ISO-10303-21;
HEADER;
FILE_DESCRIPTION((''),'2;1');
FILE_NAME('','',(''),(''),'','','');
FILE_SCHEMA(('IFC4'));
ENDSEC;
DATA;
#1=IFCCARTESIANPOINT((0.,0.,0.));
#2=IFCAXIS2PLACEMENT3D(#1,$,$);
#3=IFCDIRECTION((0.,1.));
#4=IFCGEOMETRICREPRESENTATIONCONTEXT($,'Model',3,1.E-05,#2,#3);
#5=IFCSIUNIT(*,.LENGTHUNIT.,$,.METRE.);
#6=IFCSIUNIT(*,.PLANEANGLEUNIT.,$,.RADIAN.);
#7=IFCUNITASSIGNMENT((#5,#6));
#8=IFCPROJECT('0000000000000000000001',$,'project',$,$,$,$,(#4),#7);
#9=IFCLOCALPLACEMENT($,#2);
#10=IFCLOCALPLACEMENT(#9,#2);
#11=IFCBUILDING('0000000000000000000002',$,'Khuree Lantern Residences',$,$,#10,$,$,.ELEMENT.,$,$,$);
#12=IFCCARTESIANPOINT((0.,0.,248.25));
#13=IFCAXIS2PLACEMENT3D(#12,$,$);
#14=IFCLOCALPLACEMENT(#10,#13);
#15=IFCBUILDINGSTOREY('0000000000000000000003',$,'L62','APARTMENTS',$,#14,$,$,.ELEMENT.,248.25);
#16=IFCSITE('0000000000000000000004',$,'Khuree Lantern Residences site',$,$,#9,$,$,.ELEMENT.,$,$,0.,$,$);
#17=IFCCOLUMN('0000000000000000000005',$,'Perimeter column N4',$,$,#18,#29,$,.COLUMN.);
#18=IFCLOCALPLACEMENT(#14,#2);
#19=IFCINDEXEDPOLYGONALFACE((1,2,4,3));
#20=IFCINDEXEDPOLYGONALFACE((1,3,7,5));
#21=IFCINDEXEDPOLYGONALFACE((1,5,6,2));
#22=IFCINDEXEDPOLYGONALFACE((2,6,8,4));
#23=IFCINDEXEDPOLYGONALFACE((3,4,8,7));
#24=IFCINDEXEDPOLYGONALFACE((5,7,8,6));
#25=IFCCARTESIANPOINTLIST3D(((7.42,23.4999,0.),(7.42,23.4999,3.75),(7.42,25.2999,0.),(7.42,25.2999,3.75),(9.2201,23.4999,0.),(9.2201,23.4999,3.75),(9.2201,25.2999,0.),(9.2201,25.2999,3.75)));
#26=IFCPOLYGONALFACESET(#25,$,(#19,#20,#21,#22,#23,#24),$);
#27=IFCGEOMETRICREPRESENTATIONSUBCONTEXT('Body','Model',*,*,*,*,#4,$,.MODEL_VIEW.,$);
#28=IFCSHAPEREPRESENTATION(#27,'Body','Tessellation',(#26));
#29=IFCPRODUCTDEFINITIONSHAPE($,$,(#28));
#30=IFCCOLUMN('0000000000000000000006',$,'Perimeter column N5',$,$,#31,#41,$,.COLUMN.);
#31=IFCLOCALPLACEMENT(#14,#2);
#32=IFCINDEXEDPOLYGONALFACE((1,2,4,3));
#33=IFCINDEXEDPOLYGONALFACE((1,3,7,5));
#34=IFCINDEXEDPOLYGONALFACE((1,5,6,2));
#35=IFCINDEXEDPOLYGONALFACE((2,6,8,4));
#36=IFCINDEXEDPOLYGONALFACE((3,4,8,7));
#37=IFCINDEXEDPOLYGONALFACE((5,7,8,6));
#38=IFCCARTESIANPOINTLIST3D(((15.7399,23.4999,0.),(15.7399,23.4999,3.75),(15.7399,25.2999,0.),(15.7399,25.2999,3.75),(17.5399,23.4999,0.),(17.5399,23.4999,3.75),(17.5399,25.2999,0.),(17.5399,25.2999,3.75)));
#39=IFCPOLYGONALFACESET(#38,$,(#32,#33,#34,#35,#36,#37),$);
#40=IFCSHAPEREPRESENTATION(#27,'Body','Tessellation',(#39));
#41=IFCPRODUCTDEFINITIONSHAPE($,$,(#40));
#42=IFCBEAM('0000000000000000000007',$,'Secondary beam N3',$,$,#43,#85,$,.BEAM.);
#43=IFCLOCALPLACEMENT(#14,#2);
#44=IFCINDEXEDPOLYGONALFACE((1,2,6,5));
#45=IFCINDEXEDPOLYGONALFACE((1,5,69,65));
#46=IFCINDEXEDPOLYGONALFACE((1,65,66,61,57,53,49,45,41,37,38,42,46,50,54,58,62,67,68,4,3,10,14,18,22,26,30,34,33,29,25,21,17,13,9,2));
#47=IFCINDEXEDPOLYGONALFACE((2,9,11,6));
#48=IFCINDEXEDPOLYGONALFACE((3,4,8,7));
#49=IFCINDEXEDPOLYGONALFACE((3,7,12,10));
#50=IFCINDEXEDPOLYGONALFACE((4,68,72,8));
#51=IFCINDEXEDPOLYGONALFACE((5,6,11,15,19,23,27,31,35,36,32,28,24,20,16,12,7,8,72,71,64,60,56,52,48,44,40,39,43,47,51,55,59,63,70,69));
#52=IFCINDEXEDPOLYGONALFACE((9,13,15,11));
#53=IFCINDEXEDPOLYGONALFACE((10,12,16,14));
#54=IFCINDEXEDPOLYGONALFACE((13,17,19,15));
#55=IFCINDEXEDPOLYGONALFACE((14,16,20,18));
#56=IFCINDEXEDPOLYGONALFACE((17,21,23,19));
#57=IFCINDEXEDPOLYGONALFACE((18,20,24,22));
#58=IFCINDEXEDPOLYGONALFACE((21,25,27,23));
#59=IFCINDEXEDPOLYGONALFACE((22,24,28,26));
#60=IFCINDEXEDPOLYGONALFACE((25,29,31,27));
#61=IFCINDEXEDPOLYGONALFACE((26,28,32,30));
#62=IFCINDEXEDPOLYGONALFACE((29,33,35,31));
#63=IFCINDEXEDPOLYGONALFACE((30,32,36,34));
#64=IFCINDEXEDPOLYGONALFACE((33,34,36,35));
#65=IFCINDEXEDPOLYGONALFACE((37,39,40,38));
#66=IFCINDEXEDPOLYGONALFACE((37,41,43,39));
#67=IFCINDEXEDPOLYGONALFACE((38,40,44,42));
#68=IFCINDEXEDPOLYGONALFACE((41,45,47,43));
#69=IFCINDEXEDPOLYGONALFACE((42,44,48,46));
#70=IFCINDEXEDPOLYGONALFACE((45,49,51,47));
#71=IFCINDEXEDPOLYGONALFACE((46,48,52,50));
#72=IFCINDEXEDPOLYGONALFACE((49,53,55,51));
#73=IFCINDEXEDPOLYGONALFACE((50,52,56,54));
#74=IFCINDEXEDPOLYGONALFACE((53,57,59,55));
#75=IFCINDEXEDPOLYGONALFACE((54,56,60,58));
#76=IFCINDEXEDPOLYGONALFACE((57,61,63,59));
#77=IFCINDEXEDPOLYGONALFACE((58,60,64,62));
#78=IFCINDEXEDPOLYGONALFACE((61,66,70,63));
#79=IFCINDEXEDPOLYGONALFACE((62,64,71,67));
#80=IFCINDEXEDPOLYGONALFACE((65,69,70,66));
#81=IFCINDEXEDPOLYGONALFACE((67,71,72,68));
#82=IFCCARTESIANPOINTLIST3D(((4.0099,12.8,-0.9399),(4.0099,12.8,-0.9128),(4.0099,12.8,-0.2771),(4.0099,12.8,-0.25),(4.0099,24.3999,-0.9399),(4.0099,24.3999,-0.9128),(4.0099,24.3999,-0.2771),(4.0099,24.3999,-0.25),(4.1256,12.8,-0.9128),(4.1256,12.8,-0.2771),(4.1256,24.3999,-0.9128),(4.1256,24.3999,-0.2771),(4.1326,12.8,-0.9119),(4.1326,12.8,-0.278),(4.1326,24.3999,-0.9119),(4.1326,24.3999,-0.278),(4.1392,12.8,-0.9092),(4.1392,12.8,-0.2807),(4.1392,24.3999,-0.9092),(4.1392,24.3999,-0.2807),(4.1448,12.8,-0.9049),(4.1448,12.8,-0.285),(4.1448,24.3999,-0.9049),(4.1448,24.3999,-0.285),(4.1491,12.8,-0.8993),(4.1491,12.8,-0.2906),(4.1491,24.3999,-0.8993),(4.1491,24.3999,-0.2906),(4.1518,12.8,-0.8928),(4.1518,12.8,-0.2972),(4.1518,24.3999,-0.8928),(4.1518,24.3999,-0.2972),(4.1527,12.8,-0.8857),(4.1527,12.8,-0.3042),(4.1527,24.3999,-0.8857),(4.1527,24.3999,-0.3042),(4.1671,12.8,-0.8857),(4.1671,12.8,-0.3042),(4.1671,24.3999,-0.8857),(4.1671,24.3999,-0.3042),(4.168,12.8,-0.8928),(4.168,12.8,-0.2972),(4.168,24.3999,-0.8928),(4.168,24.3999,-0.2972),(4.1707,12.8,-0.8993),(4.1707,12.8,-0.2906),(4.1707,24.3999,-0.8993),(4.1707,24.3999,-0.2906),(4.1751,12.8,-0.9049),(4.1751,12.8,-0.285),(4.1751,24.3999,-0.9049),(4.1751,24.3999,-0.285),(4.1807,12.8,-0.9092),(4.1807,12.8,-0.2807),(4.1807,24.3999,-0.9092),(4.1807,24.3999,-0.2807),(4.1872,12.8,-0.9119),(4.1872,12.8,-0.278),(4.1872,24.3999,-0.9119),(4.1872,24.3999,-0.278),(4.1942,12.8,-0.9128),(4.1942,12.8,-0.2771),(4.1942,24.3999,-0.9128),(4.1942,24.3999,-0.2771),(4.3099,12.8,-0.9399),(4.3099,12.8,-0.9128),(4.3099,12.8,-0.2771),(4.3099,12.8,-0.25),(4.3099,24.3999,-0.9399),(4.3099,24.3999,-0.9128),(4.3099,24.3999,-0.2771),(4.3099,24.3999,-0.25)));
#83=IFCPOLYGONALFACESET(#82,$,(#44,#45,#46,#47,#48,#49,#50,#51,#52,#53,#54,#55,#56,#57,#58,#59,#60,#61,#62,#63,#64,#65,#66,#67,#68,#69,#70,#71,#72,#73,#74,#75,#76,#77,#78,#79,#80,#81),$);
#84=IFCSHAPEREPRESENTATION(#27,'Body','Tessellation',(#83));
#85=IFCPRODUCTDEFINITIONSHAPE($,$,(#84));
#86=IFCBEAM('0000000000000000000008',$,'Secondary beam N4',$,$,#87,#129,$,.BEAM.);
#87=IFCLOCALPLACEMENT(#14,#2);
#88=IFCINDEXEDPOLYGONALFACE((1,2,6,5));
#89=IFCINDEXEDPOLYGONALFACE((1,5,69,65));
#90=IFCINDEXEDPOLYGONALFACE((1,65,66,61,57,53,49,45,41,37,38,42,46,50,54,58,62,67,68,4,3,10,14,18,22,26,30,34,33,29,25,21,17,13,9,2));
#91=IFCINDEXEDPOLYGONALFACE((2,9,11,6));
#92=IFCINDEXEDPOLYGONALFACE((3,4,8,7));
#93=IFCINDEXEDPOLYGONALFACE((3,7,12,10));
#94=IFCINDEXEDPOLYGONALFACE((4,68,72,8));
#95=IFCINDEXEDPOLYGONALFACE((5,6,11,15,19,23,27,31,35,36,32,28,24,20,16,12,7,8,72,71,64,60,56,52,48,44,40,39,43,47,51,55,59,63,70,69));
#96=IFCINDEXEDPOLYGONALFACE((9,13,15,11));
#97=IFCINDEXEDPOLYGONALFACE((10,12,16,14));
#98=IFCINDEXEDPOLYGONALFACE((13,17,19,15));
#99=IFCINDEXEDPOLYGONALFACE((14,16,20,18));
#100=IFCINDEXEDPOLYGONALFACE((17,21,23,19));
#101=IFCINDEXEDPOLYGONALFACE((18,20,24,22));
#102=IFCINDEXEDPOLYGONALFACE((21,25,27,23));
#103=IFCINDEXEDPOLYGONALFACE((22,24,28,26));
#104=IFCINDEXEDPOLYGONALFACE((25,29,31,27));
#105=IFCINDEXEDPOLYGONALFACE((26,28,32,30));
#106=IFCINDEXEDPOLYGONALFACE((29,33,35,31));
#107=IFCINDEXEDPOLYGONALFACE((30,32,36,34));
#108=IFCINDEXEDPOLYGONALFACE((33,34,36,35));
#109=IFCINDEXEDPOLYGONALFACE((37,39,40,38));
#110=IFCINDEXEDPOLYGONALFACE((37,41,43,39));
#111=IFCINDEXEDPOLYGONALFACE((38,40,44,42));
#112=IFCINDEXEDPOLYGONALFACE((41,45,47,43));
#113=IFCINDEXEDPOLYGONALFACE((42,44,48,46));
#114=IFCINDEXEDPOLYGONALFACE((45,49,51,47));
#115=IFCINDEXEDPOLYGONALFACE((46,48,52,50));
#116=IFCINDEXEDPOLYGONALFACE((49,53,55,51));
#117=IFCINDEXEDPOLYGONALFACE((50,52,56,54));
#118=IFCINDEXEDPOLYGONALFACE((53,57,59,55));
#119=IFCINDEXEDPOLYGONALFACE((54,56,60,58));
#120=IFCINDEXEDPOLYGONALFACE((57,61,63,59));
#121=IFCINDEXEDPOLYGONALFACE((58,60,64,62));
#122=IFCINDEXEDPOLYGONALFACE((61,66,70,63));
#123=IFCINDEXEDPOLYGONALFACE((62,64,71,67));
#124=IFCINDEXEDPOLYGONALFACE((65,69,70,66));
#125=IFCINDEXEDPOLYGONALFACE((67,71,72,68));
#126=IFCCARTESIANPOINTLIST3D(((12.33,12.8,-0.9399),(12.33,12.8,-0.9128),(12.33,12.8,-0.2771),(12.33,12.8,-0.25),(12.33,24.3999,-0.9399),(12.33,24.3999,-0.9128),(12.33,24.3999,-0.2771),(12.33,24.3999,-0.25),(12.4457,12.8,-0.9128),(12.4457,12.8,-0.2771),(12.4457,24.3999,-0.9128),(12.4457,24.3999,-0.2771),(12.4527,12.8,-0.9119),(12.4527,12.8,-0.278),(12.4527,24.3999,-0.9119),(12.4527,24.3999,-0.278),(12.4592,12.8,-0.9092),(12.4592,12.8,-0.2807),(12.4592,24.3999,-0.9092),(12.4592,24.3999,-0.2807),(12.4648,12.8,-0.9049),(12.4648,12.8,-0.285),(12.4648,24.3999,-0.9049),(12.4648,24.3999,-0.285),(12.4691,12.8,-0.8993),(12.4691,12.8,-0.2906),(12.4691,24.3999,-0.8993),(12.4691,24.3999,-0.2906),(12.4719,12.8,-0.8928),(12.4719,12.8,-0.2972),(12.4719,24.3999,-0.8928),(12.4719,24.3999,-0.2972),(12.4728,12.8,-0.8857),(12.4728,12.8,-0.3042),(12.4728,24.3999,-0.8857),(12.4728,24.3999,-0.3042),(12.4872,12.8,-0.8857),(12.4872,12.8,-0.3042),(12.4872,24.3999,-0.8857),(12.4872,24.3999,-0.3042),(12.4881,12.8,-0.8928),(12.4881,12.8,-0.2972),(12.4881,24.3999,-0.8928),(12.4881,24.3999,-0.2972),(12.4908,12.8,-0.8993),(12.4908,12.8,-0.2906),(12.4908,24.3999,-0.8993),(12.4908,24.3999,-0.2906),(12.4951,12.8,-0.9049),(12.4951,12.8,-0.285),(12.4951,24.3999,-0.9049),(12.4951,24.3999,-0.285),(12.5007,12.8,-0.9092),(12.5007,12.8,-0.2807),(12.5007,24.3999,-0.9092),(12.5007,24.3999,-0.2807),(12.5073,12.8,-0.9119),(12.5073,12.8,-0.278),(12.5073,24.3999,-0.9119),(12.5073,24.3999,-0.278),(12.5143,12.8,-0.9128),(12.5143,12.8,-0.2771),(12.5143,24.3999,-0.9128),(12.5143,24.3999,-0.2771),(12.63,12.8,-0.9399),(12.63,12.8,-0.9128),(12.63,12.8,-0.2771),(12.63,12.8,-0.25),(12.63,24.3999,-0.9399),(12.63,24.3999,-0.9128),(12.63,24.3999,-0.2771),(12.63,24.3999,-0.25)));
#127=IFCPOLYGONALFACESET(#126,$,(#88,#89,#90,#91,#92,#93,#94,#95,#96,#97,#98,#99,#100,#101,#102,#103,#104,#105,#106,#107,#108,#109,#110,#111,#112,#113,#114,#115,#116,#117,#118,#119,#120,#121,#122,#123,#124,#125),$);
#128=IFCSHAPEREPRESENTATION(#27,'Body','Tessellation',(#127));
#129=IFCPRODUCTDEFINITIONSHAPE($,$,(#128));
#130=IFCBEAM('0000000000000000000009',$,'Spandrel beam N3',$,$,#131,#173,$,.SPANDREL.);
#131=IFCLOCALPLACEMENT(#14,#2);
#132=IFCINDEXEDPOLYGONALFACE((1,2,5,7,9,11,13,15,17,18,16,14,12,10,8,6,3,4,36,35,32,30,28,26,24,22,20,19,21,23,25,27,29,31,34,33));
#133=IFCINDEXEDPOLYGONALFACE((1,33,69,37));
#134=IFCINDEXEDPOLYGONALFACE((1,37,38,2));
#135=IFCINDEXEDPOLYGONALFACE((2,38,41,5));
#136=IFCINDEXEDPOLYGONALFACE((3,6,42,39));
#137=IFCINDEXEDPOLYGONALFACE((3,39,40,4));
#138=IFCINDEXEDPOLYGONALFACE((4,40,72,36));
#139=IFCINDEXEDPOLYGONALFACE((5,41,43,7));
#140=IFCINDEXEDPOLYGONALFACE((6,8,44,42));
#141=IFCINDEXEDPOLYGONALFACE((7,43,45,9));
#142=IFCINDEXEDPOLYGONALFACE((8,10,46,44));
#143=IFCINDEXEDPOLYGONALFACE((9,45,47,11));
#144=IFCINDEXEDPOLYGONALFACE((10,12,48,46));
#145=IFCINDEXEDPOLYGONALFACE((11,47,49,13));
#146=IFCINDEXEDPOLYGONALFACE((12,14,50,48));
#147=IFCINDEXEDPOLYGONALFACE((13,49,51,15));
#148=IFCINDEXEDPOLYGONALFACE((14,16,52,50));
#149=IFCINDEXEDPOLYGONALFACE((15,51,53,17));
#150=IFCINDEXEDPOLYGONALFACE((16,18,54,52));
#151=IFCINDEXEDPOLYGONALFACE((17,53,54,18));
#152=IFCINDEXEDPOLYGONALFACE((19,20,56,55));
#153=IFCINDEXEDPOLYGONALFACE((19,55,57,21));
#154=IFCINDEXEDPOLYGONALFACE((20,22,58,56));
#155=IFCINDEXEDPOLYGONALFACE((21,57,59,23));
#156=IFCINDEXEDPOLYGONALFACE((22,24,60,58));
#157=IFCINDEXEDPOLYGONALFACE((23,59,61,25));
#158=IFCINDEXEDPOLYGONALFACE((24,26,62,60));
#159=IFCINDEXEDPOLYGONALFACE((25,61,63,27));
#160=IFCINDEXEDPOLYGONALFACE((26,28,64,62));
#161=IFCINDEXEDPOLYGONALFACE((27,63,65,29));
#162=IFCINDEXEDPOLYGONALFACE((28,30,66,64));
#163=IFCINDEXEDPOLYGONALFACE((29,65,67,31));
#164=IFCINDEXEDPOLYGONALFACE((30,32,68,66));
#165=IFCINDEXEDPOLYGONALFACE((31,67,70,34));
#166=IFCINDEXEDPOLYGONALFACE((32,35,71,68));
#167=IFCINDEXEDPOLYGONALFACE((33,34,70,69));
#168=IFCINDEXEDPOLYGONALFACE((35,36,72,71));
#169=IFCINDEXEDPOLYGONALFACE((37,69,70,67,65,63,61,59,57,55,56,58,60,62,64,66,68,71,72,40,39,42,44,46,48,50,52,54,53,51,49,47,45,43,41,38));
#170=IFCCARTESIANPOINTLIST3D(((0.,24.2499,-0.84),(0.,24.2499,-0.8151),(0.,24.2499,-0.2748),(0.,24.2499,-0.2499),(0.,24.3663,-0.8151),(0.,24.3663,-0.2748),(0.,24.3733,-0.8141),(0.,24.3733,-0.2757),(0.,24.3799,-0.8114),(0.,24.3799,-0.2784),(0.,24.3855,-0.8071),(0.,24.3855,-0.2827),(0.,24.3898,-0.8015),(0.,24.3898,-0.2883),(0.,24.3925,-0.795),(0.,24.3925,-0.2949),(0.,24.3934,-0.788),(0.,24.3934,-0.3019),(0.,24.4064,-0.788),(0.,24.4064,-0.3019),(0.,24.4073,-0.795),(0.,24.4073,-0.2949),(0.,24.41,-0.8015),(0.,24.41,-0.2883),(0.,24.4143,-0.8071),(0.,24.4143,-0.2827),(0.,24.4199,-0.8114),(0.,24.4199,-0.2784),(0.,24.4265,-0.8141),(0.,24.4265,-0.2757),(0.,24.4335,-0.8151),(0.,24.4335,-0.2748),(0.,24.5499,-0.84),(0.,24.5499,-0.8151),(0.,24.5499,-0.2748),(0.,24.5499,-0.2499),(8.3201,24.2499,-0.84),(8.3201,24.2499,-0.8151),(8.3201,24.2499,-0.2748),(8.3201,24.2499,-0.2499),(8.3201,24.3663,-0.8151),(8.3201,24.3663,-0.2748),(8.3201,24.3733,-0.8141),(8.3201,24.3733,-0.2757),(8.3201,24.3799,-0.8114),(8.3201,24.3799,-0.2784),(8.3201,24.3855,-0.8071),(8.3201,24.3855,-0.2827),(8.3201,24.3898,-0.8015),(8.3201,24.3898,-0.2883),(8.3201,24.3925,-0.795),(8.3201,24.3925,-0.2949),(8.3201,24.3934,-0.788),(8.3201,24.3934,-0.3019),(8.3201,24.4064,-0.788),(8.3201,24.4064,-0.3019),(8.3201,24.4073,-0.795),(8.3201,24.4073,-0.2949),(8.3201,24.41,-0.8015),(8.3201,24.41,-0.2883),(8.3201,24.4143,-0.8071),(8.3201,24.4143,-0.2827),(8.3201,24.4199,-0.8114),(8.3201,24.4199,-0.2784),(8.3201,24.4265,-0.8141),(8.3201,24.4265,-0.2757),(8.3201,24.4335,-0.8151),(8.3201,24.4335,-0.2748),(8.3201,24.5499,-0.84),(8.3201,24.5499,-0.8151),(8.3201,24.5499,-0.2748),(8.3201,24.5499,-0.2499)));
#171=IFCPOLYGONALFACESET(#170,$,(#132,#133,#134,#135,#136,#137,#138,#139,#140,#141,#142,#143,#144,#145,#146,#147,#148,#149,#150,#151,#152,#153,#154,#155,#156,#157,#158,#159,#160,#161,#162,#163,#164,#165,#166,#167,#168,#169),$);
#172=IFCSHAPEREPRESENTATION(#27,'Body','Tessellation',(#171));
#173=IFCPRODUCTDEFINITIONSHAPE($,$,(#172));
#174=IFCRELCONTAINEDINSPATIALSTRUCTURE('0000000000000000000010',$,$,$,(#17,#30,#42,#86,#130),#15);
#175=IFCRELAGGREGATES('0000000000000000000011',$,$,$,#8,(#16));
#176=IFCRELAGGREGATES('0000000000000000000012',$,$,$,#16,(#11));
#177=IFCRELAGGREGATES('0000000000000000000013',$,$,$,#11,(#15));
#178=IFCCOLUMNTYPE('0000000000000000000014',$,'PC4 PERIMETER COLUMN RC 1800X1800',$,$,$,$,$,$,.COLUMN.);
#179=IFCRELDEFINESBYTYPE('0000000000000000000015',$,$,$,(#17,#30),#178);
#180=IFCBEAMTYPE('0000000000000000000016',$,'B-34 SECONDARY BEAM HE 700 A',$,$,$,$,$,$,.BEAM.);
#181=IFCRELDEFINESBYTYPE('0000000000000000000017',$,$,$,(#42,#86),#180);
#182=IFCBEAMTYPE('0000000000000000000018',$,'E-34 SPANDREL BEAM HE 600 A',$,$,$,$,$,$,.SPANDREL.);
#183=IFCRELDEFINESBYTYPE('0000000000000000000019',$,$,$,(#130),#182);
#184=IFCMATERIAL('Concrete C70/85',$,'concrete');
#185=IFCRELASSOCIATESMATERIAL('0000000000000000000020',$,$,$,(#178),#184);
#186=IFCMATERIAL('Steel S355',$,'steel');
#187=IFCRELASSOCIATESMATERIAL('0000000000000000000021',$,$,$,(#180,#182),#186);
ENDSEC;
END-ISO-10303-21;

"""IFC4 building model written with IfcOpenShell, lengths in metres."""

from ifc_helpers import new_model, si_unit, direction, frame, origin, origin_2d, place, context, subcontext, project, spatial, rectangle, i_section, extrude, material, material_profile, profile_set, type_object, element, save


model = new_model("IFC4")

# Units and contexts
model_context = context("Model", 3, precision=1e-05, world=origin(), true_north=direction((0.0, 1.0)))
body_context = subcontext(model_context, "Body", "Model", "MODEL_VIEW")
ifc_project = project(units=[si_unit("LENGTHUNIT", "METRE"), si_unit("PLANEANGLEUNIT", "RADIAN")], contexts=[model_context])

# Site, building, storey
site_placement = place(None, origin())
site = spatial("IfcSite", under=ifc_project, at=site_placement, Name="Khuree Lantern Residences site", CompositionType="ELEMENT", RefElevation=0.0)
building_placement = place(site_placement, origin())
building = spatial("IfcBuilding", under=site, at=building_placement, Name="Khuree Lantern Residences", CompositionType="ELEMENT")
storey_placement = place(building_placement, frame((0.0, 0.0, 248.25)))
storey = spatial("IfcBuildingStorey", under=building, at=storey_placement, Name="L62", Description="APARTMENTS", CompositionType="ELEMENT", Elevation=248.25)

# Columns
ifc_material_1 = material(Name="Concrete C70/85", Category="concrete")
ifc_material_profile_1 = material_profile(ifc_material_1, rectangle(XDim=1.8, YDim=1.8, at=origin_2d()), Name="RC 1800X1800")
ifc_profile_set_1 = profile_set([ifc_material_profile_1], Name="Concrete C70/85")
column_type = type_object("IfcColumnType", Name="PC4 PERIMETER COLUMN RC 1800X1800", PredefinedType="COLUMN", material=ifc_profile_set_1)
for number, where, z_axis, x_axis, name in (
    (1, (8.3201, 24.3999, 0.0), (0.0, 0.0, 1.0), (1.0, 0.0, 0.0), "Perimeter column N4"),
    (2, (16.6399, 24.3999, 0.0), (0.0, 0.0, 1.0), (1.0, 0.0, 0.0), "Perimeter column N5"),
):
    element("IfcColumn", number, at=place(storey_placement, frame(where, z_axis=z_axis, x_axis=x_axis)), inside=storey, type_object=column_type, Name=name, PredefinedType="COLUMN", context=body_context, shape_type="SweptSolid", body=[
        extrude(rectangle(XDim=1.8, YDim=1.8, at=origin_2d()), origin(), (0.0, 0.0, 1.0), 3.75),
    ])

# Beams
ifc_material_2 = material(Name="Steel S355", Category="steel")
ifc_material_profile_2 = material_profile(ifc_material_2, i_section(OverallWidth=0.3, OverallDepth=0.6899, WebThickness=0.0144, FlangeThickness=0.0271, FilletRadius=0.0271, at=origin_2d()), Name="HE 700 A")
ifc_profile_set_2 = profile_set([ifc_material_profile_2], Name="Steel S355")
beam_type_1 = type_object("IfcBeamType", Name="B-34 SECONDARY BEAM HE 700 A", PredefinedType="BEAM", material=ifc_profile_set_2)
for number, where, z_axis, x_axis, name in (
    (3, (4.1599, 24.3999, -0.595), (0.0, -1.0, 0.0), (1.0, 0.0, 0.0), "Secondary beam N3"),
    (4, (12.48, 24.3999, -0.595), (0.0, -1.0, 0.0), (1.0, 0.0, 0.0), "Secondary beam N4"),
):
    element("IfcBeam", number, at=place(storey_placement, frame(where, z_axis=z_axis, x_axis=x_axis)), inside=storey, type_object=beam_type_1, Name=name, PredefinedType="BEAM", context=body_context, shape_type="SweptSolid", body=[
        extrude(i_section(OverallWidth=0.3, OverallDepth=0.6899, WebThickness=0.0144, FlangeThickness=0.0271, FilletRadius=0.0271, at=origin_2d()), origin(), (0.0, 0.0, 1.0), 11.5999),
    ])
ifc_material_profile_3 = material_profile(ifc_material_2, i_section(OverallWidth=0.3, OverallDepth=0.5901, WebThickness=0.0129, FlangeThickness=0.0249, FilletRadius=0.0271, at=origin_2d()), Name="HE 600 A")
ifc_profile_set_3 = profile_set([ifc_material_profile_3], Name="Steel S355")
beam_type_2 = type_object("IfcBeamType", Name="E-34 SPANDREL BEAM HE 600 A", PredefinedType="SPANDREL", material=ifc_profile_set_3)
beam_1_placement = place(storey_placement, frame((0.0, 24.3999, -0.5449), z_axis=(1.0, 0.0, 0.0), x_axis=(0.0, 1.0, 0.0)))
element("IfcBeam", 5, at=beam_1_placement, inside=storey, type_object=beam_type_2, Name="Spandrel beam N3", PredefinedType="SPANDREL", context=body_context, shape_type="SweptSolid", body=[
    extrude(i_section(OverallWidth=0.3, OverallDepth=0.5901, WebThickness=0.0129, FlangeThickness=0.0249, FilletRadius=0.0271, at=origin_2d()), origin(), (0.0, 0.0, 1.0), 8.3201),
])

save(model, "model.ifc")
